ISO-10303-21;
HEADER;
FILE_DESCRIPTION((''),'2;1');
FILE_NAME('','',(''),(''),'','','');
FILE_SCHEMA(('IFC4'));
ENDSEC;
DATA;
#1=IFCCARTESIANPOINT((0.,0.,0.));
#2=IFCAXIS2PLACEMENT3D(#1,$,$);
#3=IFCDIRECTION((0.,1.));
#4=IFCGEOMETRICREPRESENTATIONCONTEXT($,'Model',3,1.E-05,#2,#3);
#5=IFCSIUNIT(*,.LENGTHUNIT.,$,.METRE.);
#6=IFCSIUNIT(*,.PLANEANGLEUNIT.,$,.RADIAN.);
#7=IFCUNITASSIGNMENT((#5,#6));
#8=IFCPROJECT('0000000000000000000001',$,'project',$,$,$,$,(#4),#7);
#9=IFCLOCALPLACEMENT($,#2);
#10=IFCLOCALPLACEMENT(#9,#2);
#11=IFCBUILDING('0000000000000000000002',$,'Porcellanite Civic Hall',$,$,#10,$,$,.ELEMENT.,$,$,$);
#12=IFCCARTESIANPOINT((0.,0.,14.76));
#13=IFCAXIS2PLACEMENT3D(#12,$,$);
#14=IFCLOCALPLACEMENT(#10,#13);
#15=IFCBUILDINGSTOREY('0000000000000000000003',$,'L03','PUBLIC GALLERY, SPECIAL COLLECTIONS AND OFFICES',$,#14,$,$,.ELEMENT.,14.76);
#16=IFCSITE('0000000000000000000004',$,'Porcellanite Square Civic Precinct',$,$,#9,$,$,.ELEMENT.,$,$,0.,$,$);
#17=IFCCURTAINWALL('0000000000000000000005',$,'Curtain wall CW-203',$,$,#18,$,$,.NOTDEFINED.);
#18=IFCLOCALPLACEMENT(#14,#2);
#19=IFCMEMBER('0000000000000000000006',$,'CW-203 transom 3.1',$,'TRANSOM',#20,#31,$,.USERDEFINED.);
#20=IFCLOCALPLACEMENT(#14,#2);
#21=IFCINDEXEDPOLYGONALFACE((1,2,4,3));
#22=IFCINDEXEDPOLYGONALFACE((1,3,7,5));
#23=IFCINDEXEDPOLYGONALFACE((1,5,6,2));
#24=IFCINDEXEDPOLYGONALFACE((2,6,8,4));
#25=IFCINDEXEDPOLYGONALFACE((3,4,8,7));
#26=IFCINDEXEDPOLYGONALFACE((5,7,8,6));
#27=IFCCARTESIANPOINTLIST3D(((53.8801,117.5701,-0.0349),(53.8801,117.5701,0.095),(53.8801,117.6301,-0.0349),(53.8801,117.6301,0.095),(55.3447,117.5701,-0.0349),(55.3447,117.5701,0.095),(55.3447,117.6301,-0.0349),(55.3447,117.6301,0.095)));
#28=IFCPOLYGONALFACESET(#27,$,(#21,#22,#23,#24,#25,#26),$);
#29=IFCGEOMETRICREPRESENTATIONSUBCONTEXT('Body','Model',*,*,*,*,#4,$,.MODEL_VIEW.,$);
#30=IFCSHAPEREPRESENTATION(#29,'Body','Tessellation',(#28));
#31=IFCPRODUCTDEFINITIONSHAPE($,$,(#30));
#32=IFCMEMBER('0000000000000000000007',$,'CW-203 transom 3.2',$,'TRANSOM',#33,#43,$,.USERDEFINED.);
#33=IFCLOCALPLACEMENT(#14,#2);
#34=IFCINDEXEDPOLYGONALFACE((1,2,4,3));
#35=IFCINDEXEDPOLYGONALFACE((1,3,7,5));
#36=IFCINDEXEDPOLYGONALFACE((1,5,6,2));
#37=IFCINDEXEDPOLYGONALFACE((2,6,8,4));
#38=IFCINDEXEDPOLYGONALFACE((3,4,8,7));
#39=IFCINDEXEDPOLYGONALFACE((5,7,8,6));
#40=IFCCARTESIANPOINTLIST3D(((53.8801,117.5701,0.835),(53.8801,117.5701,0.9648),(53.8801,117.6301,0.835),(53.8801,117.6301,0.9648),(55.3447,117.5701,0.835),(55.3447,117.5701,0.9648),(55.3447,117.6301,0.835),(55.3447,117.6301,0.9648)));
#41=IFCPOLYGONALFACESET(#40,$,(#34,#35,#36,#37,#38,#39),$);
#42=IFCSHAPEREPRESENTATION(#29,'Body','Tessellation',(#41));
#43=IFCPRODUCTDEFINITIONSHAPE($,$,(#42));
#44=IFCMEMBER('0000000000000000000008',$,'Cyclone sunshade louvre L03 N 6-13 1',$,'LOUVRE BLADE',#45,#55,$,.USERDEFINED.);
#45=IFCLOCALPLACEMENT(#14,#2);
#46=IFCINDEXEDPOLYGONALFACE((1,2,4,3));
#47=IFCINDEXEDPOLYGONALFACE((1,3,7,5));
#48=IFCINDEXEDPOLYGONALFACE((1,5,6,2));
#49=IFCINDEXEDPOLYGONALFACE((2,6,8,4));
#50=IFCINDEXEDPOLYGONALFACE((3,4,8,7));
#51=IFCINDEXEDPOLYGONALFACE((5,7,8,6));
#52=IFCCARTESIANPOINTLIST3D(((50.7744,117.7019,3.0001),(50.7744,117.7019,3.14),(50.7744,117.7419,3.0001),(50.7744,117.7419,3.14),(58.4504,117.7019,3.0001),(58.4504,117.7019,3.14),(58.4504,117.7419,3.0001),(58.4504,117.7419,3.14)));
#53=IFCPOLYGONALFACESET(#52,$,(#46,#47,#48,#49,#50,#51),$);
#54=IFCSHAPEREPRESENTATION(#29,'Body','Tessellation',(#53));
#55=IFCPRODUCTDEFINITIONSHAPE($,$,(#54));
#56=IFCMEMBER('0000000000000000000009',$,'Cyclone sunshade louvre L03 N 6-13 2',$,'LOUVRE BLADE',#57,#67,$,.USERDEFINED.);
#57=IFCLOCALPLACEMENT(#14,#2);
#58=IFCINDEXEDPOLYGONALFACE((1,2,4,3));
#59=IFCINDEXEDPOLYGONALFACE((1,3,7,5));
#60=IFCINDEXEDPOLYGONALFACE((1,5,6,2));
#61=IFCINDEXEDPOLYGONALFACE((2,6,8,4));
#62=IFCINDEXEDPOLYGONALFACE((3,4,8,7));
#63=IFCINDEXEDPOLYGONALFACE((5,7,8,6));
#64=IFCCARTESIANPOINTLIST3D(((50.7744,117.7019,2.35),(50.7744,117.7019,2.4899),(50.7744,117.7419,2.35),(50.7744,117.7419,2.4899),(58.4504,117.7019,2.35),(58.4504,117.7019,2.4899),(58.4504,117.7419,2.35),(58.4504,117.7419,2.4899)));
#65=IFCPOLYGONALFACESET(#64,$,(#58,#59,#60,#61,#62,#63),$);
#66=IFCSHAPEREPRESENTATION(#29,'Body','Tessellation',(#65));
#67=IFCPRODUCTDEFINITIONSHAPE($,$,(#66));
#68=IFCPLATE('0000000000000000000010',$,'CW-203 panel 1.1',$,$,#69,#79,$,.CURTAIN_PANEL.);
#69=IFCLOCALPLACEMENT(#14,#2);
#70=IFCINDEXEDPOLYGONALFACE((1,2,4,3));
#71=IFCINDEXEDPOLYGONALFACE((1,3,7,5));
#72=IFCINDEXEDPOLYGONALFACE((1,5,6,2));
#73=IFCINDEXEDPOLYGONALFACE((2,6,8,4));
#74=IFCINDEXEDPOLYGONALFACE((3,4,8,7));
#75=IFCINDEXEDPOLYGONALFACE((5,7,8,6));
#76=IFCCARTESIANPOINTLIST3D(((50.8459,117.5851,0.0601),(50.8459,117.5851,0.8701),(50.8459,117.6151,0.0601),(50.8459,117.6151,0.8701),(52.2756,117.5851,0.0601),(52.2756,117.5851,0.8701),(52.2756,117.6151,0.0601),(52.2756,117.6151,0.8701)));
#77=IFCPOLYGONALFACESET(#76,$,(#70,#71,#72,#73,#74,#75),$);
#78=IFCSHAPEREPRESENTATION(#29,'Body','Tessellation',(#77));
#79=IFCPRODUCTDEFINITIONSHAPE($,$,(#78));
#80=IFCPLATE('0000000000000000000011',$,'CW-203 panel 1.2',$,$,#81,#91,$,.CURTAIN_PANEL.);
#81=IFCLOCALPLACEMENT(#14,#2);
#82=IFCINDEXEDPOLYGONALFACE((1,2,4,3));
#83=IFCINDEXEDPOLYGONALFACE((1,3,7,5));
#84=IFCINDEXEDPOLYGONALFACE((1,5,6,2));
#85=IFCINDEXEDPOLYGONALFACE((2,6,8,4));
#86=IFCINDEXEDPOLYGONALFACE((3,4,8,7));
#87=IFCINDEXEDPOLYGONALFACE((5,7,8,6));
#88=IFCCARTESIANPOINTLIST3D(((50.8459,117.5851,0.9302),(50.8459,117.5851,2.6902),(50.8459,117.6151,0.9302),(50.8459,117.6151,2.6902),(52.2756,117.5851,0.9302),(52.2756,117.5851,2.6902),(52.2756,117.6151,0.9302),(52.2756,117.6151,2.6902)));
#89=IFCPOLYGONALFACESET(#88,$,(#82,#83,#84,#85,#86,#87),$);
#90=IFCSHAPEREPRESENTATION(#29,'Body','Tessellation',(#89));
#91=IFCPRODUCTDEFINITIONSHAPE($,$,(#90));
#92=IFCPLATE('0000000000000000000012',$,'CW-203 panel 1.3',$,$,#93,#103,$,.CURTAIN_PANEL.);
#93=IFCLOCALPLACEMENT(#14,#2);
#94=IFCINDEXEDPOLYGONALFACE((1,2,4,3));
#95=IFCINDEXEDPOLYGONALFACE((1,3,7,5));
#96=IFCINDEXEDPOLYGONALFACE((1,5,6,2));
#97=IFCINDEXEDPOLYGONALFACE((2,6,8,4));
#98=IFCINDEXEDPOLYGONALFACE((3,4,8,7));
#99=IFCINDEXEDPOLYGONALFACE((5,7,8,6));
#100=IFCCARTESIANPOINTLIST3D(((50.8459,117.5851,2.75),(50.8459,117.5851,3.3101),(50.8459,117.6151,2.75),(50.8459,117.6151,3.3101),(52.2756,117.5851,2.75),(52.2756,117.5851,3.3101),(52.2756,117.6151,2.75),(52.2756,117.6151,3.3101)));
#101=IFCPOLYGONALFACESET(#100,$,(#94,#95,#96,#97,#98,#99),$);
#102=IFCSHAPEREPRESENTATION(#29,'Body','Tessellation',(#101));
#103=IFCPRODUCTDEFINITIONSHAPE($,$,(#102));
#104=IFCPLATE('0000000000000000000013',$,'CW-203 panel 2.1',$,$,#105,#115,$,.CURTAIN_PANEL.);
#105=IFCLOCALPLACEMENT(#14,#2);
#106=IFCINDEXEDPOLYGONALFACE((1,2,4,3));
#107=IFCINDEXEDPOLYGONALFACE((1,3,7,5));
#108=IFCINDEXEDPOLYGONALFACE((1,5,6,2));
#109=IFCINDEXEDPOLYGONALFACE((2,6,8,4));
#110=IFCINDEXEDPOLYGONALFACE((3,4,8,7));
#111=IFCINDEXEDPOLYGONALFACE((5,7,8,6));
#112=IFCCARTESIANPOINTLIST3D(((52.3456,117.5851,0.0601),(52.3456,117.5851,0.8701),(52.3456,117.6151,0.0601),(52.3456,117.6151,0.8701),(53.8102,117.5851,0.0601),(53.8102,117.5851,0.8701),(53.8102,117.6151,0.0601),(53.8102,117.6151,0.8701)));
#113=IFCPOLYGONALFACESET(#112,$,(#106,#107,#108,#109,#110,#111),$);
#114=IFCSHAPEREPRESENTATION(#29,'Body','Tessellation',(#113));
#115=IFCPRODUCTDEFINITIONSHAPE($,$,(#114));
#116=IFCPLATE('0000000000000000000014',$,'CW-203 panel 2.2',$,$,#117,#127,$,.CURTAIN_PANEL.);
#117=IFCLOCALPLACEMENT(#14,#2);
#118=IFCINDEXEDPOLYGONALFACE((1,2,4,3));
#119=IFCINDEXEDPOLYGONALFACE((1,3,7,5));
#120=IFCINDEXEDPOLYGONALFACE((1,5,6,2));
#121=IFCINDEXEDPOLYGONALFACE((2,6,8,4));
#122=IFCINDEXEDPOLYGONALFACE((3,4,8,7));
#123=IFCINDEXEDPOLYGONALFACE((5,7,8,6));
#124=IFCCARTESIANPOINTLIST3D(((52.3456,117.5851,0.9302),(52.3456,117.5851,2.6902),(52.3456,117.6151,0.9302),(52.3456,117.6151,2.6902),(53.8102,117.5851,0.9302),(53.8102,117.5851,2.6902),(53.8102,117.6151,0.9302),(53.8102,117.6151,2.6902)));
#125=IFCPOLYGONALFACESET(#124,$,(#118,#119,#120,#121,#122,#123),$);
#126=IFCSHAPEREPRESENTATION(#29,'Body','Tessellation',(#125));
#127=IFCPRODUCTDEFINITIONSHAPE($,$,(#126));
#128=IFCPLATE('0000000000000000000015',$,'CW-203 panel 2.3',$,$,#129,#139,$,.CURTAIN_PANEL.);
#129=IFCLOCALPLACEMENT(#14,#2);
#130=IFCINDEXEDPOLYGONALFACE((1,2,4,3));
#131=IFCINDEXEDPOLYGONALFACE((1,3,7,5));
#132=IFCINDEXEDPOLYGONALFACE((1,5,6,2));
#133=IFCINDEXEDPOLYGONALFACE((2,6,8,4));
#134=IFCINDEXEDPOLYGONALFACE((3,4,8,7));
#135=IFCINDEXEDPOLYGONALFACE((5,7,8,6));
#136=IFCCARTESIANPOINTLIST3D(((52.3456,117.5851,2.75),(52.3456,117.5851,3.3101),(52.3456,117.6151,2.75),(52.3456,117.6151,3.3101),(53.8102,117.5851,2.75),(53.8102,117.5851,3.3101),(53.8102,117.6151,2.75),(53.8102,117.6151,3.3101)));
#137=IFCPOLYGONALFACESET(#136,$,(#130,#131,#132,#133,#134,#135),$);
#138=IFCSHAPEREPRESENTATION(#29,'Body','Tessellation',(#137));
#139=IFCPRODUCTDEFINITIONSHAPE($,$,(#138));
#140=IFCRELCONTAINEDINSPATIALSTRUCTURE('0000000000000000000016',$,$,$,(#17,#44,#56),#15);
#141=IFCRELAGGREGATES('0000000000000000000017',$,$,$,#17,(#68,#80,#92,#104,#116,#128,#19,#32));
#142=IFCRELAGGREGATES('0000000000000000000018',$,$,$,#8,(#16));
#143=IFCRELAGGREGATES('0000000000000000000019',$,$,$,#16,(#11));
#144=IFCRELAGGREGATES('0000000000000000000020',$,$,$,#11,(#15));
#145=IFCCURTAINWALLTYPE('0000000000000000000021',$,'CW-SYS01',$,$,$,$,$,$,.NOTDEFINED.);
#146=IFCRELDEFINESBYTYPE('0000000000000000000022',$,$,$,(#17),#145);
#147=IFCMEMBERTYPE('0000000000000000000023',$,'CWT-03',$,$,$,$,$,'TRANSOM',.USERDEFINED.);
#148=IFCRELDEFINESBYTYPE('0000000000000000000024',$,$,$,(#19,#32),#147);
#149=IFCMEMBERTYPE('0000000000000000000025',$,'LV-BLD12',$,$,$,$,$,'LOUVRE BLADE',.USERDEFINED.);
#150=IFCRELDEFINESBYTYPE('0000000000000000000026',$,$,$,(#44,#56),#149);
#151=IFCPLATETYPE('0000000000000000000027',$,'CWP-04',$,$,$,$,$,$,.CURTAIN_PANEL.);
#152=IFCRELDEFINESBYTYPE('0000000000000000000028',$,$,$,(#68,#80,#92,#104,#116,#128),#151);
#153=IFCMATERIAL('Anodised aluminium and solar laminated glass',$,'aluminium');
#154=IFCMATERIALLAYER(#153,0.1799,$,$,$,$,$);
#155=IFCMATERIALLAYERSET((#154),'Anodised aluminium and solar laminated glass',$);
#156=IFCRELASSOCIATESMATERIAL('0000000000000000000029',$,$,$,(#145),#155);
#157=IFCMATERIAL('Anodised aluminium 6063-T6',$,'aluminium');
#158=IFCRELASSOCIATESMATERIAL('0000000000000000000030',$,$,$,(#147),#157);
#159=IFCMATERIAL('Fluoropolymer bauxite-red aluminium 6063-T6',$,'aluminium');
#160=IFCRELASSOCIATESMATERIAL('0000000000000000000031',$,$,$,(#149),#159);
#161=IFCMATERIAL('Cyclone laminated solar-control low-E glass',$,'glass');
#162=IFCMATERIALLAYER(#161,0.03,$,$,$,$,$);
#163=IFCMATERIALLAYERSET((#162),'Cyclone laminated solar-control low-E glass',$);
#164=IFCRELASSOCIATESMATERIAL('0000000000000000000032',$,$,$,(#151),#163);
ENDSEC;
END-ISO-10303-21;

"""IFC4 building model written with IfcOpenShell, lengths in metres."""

from ifc_helpers import new_model, si_unit, direction, frame, origin, origin_2d, place, context, subcontext, project, spatial, rectangle, extrude, material, layer, layer_set, material_profile, profile_set, type_object, element, aggregate, save


model = new_model("IFC4")

# Units and contexts
model_context = context("Model", 3, precision=1e-05, world=origin(), true_north=direction((0.0, 1.0)))
body_context = subcontext(model_context, "Body", "Model", "MODEL_VIEW")
ifc_project = project(units=[si_unit("LENGTHUNIT", "METRE"), si_unit("PLANEANGLEUNIT", "RADIAN")], contexts=[model_context])

# Site, building, storey
site_placement = place(None, origin())
site = spatial("IfcSite", under=ifc_project, at=site_placement, Name="Porcellanite Square Civic Precinct", CompositionType="ELEMENT", RefElevation=0.0)
building_placement = place(site_placement, origin())
building = spatial("IfcBuilding", under=site, at=building_placement, Name="Porcellanite Civic Hall", CompositionType="ELEMENT")
storey_placement = place(building_placement, frame((0.0, 0.0, 14.76)))
storey = spatial("IfcBuildingStorey", under=building, at=storey_placement, Name="L03", Description="PUBLIC GALLERY, SPECIAL COLLECTIONS AND OFFICES", CompositionType="ELEMENT", Elevation=14.76)

# Curtain wall, members
ifc_material_1 = material(Name="Anodised aluminium and solar laminated glass", Category="aluminium")
ifc_layer_1 = layer(ifc_material_1, 0.1799)
ifc_layer_set_1 = layer_set([ifc_layer_1], Name="Anodised aluminium and solar laminated glass")
curtain_wall_type = type_object("IfcCurtainWallType", Name="CW-SYS01", PredefinedType="NOTDEFINED", material=ifc_layer_set_1)
curtain_wall_placement = place(storey_placement, origin())
curtain_wall = element("IfcCurtainWall", 1, at=curtain_wall_placement, inside=storey, type_object=curtain_wall_type, Name="Curtain wall CW-203", PredefinedType="NOTDEFINED")
ifc_material_2 = material(Name="Anodised aluminium 6063-T6", Category="aluminium")
ifc_material_profile_1 = material_profile(ifc_material_2, rectangle(XDim=0.0601, YDim=0.1299, at=origin_2d()), Name="AL-60x130")
ifc_profile_set_1 = profile_set([ifc_material_profile_1], Name="Anodised aluminium 6063-T6")
member_type_1 = type_object("IfcMemberType", Name="CWT-03", ElementType="TRANSOM", PredefinedType="USERDEFINED", material=ifc_profile_set_1)
member_1_placement = place(storey_placement, frame((53.8801, 117.6001, 0.03), z_axis=(1.0, 0.0, 0.0), x_axis=(0.0, 1.0, 0.0)))
member_1 = element("IfcMember", 2, at=member_1_placement, type_object=member_type_1, Name="CW-203 transom 3.1", ObjectType="TRANSOM", PredefinedType="USERDEFINED", context=body_context, shape_type="SweptSolid", body=[
    extrude(rectangle(XDim=0.0601, YDim=0.1299, at=origin_2d()), origin(), (0.0, 0.0, 1.0), 1.4646),
])
member_2_placement = place(storey_placement, frame((53.8801, 117.6001, 0.8999), z_axis=(1.0, 0.0, 0.0), x_axis=(0.0, 1.0, 0.0)))
member_2 = element("IfcMember", 3, at=member_2_placement, type_object=member_type_1, Name="CW-203 transom 3.2", ObjectType="TRANSOM", PredefinedType="USERDEFINED", context=body_context, shape_type="SweptSolid", body=[
    extrude(rectangle(XDim=0.0601, YDim=0.1299, at=origin_2d()), origin(), (0.0, 0.0, 1.0), 1.4646),
])

# Members
ifc_material_3 = material(Name="Fluoropolymer bauxite-red aluminium 6063-T6", Category="aluminium")
ifc_material_profile_2 = material_profile(ifc_material_3, rectangle(XDim=0.04, YDim=0.1399, at=origin_2d()), Name="AL-40x140")
ifc_profile_set_2 = profile_set([ifc_material_profile_2], Name="Fluoropolymer bauxite-red aluminium 6063-T6")
member_type_2 = type_object("IfcMemberType", Name="LV-BLD12", ElementType="LOUVRE BLADE", PredefinedType="USERDEFINED", material=ifc_profile_set_2)
for number, where, z_axis, x_axis, name in (
    (4, (50.7744, 117.7219, 3.0701), (1.0, 0.0, 0.0), (0.0, 1.0, 0.0), "Cyclone sunshade louvre L03 N 6-13 1"),
    (5, (50.7744, 117.7219, 2.4199), (1.0, 0.0, 0.0), (0.0, 1.0, 0.0), "Cyclone sunshade louvre L03 N 6-13 2"),
):
    element("IfcMember", number, at=place(storey_placement, frame(where, z_axis=z_axis, x_axis=x_axis)), inside=storey, type_object=member_type_2, Name=name, ObjectType="LOUVRE BLADE", PredefinedType="USERDEFINED", context=body_context, shape_type="SweptSolid", body=[
        extrude(rectangle(XDim=0.04, YDim=0.1399, at=origin_2d()), origin(), (0.0, 0.0, 1.0), 7.676),
    ])

# Plates
ifc_material_4 = material(Name="Cyclone laminated solar-control low-E glass", Category="glass")
ifc_layer_2 = layer(ifc_material_4, 0.03)
ifc_layer_set_2 = layer_set([ifc_layer_2], Name="Cyclone laminated solar-control low-E glass")
plate_type = type_object("IfcPlateType", Name="CWP-04", PredefinedType="CURTAIN_PANEL", material=ifc_layer_set_2)
plate_1_placement = place(storey_placement, frame((51.5608, 117.6001, 0.0601), z_axis=(0.0, 0.0, 1.0), x_axis=(1.0, 0.0, 0.0)))
plate_1 = element("IfcPlate", 6, at=plate_1_placement, type_object=plate_type, Name="CW-203 panel 1.1", PredefinedType="CURTAIN_PANEL", context=body_context, shape_type="SweptSolid", body=[
    extrude(rectangle(XDim=1.4297, YDim=0.03, at=origin_2d()), origin(), (0.0, 0.0, 1.0), 0.8101),
])
plate_2_placement = place(storey_placement, frame((51.5608, 117.6001, 0.9302), z_axis=(0.0, 0.0, 1.0), x_axis=(1.0, 0.0, 0.0)))
plate_2 = element("IfcPlate", 7, at=plate_2_placement, type_object=plate_type, Name="CW-203 panel 1.2", PredefinedType="CURTAIN_PANEL", context=body_context, shape_type="SweptSolid", body=[
    extrude(rectangle(XDim=1.4297, YDim=0.03, at=origin_2d()), origin(), (0.0, 0.0, 1.0), 1.76),
])
plate_3_placement = place(storey_placement, frame((51.5608, 117.6001, 2.75), z_axis=(0.0, 0.0, 1.0), x_axis=(1.0, 0.0, 0.0)))
plate_3 = element("IfcPlate", 8, at=plate_3_placement, type_object=plate_type, Name="CW-203 panel 1.3", PredefinedType="CURTAIN_PANEL", context=body_context, shape_type="SweptSolid", body=[
    extrude(rectangle(XDim=1.4297, YDim=0.03, at=origin_2d()), origin(), (0.0, 0.0, 1.0), 0.5601),
])
plate_4_placement = place(storey_placement, frame((53.0779, 117.6001, 0.0601), z_axis=(0.0, 0.0, 1.0), x_axis=(1.0, 0.0, 0.0)))
plate_4 = element("IfcPlate", 9, at=plate_4_placement, type_object=plate_type, Name="CW-203 panel 2.1", PredefinedType="CURTAIN_PANEL", context=body_context, shape_type="SweptSolid", body=[
    extrude(rectangle(XDim=1.4646, YDim=0.03, at=origin_2d()), origin(), (0.0, 0.0, 1.0), 0.8101),
])
plate_5_placement = place(storey_placement, frame((53.0779, 117.6001, 0.9302), z_axis=(0.0, 0.0, 1.0), x_axis=(1.0, 0.0, 0.0)))
plate_5 = element("IfcPlate", 10, at=plate_5_placement, type_object=plate_type, Name="CW-203 panel 2.2", PredefinedType="CURTAIN_PANEL", context=body_context, shape_type="SweptSolid", body=[
    extrude(rectangle(XDim=1.4646, YDim=0.03, at=origin_2d()), origin(), (0.0, 0.0, 1.0), 1.76),
])
plate_6_placement = place(storey_placement, frame((53.0779, 117.6001, 2.75), z_axis=(0.0, 0.0, 1.0), x_axis=(1.0, 0.0, 0.0)))
plate_6 = element("IfcPlate", 11, at=plate_6_placement, type_object=plate_type, Name="CW-203 panel 2.3", PredefinedType="CURTAIN_PANEL", context=body_context, shape_type="SweptSolid", body=[
    extrude(rectangle(XDim=1.4646, YDim=0.03, at=origin_2d()), origin(), (0.0, 0.0, 1.0), 0.5601),
])
aggregate(curtain_wall, [plate_1, plate_2, plate_3, plate_4, plate_5, plate_6, member_1, member_2])

save(model, "model.ifc")
